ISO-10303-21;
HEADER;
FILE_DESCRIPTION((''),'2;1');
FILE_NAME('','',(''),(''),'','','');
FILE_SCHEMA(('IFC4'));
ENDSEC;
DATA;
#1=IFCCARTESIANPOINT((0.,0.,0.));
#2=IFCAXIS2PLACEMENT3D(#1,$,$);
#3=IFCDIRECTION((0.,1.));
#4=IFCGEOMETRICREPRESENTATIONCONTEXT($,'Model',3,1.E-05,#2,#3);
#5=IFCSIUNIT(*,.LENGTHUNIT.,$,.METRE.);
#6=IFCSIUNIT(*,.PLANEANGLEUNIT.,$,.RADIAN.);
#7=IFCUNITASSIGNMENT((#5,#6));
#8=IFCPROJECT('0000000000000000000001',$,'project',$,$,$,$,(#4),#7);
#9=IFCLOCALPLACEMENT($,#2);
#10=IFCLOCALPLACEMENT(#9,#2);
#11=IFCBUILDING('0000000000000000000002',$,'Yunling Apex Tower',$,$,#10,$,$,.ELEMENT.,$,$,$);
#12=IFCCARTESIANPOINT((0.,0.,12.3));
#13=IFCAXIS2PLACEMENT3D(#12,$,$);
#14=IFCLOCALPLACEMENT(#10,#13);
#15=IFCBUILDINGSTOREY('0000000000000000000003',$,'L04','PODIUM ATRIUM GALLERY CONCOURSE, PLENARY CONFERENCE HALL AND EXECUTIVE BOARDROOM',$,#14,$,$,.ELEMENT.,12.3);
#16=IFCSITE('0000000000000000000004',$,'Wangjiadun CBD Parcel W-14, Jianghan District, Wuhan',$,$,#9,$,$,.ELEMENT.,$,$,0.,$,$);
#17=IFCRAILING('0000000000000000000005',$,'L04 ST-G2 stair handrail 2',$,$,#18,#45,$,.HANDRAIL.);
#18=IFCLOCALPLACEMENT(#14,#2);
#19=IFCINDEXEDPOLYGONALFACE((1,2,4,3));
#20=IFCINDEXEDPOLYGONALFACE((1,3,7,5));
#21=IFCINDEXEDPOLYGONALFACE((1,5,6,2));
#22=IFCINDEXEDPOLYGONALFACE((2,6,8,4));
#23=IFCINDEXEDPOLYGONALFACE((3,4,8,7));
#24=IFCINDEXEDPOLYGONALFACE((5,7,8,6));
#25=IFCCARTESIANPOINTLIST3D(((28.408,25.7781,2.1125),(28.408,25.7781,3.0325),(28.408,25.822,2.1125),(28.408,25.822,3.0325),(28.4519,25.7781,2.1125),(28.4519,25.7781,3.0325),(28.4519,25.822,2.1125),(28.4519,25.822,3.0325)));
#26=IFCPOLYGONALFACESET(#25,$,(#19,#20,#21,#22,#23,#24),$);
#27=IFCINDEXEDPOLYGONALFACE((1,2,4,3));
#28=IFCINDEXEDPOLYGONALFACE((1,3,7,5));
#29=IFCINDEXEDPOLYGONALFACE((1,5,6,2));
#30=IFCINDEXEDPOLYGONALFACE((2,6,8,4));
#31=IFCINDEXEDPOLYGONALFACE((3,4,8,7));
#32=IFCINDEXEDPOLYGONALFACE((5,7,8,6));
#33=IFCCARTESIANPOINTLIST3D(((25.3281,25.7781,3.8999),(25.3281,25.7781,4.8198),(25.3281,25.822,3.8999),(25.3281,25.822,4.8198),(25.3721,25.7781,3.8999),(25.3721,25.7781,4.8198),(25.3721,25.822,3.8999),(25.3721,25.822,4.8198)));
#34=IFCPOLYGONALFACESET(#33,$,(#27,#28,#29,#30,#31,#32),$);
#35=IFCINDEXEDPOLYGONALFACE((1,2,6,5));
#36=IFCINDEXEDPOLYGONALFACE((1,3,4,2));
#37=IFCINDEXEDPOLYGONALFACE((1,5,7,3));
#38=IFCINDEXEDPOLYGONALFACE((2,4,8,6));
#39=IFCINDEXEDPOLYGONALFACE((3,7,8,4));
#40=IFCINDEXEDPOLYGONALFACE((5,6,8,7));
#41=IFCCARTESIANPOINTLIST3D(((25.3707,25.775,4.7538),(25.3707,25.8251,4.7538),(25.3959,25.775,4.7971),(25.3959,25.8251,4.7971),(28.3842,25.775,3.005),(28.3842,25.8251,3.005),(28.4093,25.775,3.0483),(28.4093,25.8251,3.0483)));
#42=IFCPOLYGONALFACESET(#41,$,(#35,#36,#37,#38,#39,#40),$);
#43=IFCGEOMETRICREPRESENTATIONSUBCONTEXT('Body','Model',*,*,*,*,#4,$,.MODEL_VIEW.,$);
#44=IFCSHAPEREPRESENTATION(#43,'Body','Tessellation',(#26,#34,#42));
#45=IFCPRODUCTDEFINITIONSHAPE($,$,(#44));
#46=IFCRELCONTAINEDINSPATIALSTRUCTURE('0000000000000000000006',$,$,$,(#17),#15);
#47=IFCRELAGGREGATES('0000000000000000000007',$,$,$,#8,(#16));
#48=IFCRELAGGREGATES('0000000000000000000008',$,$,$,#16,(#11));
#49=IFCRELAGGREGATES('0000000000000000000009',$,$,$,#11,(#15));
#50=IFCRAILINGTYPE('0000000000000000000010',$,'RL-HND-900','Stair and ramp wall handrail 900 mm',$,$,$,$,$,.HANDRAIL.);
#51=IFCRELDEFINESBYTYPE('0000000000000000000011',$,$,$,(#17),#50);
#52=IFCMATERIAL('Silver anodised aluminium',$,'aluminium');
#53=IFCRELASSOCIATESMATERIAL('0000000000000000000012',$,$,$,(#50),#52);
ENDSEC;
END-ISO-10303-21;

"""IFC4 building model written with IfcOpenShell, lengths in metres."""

from ifc_helpers import new_model, si_unit, direction, frame, origin, origin_2d, place, context, subcontext, project, spatial, rectangle, extrude, material, type_object, element, save


model = new_model("IFC4")

# Units and contexts
model_context = context("Model", 3, precision=1e-05, world=origin(), true_north=direction((0.0, 1.0)))
body_context = subcontext(model_context, "Body", "Model", "MODEL_VIEW")
ifc_project = project(units=[si_unit("LENGTHUNIT", "METRE"), si_unit("PLANEANGLEUNIT", "RADIAN")], contexts=[model_context])

# Site, building, storey
site_placement = place(None, origin())
site = spatial("IfcSite", under=ifc_project, at=site_placement, Name="Wangjiadun CBD Parcel W-14, Jianghan District, Wuhan", CompositionType="ELEMENT", RefElevation=0.0)
building_placement = place(site_placement, origin())
building = spatial("IfcBuilding", under=site, at=building_placement, Name="Yunling Apex Tower", CompositionType="ELEMENT")
storey_placement = place(building_placement, frame((0.0, 0.0, 12.3)))
storey = spatial("IfcBuildingStorey", under=building, at=storey_placement, Name="L04", Description="PODIUM ATRIUM GALLERY CONCOURSE, PLENARY CONFERENCE HALL AND EXECUTIVE BOARDROOM", CompositionType="ELEMENT", Elevation=12.3)

# Railing
ifc_material_1 = material(Name="Silver anodised aluminium", Category="aluminium")
railing_type_1 = type_object("IfcRailingType", Name="RL-HND-900", Description="Stair and ramp wall handrail 900 mm", PredefinedType="HANDRAIL", material=ifc_material_1)
railing_1_placement = place(storey_placement, frame((28.4299, 25.8, 2.1125)))
element("IfcRailing", 1, at=railing_1_placement, inside=storey, type_object=railing_type_1, Name="L04 ST-G2 stair handrail 2", PredefinedType="HANDRAIL", context=body_context, shape_type="SweptSolid", body=[
    extrude(rectangle(XDim=0.0439, YDim=0.0439, at=origin_2d()), origin(), (0.0, 0.0, 1.0), 0.9199),
    extrude(rectangle(XDim=0.0439, YDim=0.0439, at=origin_2d()), frame((-3.0798, 0.0, 1.7874)), (0.0, 0.0, 1.0), 0.9199),
    extrude(rectangle(XDim=0.05, YDim=0.05, at=origin_2d()), frame((-0.0332, 0.0, 0.9141), z_axis=(-0.864903, 0.0, 0.501939), x_axis=(0.0, -1.0, 0.0)), (0.0, 0.0, 1.0), 3.4841),
])

save(model, "model.ifc")
